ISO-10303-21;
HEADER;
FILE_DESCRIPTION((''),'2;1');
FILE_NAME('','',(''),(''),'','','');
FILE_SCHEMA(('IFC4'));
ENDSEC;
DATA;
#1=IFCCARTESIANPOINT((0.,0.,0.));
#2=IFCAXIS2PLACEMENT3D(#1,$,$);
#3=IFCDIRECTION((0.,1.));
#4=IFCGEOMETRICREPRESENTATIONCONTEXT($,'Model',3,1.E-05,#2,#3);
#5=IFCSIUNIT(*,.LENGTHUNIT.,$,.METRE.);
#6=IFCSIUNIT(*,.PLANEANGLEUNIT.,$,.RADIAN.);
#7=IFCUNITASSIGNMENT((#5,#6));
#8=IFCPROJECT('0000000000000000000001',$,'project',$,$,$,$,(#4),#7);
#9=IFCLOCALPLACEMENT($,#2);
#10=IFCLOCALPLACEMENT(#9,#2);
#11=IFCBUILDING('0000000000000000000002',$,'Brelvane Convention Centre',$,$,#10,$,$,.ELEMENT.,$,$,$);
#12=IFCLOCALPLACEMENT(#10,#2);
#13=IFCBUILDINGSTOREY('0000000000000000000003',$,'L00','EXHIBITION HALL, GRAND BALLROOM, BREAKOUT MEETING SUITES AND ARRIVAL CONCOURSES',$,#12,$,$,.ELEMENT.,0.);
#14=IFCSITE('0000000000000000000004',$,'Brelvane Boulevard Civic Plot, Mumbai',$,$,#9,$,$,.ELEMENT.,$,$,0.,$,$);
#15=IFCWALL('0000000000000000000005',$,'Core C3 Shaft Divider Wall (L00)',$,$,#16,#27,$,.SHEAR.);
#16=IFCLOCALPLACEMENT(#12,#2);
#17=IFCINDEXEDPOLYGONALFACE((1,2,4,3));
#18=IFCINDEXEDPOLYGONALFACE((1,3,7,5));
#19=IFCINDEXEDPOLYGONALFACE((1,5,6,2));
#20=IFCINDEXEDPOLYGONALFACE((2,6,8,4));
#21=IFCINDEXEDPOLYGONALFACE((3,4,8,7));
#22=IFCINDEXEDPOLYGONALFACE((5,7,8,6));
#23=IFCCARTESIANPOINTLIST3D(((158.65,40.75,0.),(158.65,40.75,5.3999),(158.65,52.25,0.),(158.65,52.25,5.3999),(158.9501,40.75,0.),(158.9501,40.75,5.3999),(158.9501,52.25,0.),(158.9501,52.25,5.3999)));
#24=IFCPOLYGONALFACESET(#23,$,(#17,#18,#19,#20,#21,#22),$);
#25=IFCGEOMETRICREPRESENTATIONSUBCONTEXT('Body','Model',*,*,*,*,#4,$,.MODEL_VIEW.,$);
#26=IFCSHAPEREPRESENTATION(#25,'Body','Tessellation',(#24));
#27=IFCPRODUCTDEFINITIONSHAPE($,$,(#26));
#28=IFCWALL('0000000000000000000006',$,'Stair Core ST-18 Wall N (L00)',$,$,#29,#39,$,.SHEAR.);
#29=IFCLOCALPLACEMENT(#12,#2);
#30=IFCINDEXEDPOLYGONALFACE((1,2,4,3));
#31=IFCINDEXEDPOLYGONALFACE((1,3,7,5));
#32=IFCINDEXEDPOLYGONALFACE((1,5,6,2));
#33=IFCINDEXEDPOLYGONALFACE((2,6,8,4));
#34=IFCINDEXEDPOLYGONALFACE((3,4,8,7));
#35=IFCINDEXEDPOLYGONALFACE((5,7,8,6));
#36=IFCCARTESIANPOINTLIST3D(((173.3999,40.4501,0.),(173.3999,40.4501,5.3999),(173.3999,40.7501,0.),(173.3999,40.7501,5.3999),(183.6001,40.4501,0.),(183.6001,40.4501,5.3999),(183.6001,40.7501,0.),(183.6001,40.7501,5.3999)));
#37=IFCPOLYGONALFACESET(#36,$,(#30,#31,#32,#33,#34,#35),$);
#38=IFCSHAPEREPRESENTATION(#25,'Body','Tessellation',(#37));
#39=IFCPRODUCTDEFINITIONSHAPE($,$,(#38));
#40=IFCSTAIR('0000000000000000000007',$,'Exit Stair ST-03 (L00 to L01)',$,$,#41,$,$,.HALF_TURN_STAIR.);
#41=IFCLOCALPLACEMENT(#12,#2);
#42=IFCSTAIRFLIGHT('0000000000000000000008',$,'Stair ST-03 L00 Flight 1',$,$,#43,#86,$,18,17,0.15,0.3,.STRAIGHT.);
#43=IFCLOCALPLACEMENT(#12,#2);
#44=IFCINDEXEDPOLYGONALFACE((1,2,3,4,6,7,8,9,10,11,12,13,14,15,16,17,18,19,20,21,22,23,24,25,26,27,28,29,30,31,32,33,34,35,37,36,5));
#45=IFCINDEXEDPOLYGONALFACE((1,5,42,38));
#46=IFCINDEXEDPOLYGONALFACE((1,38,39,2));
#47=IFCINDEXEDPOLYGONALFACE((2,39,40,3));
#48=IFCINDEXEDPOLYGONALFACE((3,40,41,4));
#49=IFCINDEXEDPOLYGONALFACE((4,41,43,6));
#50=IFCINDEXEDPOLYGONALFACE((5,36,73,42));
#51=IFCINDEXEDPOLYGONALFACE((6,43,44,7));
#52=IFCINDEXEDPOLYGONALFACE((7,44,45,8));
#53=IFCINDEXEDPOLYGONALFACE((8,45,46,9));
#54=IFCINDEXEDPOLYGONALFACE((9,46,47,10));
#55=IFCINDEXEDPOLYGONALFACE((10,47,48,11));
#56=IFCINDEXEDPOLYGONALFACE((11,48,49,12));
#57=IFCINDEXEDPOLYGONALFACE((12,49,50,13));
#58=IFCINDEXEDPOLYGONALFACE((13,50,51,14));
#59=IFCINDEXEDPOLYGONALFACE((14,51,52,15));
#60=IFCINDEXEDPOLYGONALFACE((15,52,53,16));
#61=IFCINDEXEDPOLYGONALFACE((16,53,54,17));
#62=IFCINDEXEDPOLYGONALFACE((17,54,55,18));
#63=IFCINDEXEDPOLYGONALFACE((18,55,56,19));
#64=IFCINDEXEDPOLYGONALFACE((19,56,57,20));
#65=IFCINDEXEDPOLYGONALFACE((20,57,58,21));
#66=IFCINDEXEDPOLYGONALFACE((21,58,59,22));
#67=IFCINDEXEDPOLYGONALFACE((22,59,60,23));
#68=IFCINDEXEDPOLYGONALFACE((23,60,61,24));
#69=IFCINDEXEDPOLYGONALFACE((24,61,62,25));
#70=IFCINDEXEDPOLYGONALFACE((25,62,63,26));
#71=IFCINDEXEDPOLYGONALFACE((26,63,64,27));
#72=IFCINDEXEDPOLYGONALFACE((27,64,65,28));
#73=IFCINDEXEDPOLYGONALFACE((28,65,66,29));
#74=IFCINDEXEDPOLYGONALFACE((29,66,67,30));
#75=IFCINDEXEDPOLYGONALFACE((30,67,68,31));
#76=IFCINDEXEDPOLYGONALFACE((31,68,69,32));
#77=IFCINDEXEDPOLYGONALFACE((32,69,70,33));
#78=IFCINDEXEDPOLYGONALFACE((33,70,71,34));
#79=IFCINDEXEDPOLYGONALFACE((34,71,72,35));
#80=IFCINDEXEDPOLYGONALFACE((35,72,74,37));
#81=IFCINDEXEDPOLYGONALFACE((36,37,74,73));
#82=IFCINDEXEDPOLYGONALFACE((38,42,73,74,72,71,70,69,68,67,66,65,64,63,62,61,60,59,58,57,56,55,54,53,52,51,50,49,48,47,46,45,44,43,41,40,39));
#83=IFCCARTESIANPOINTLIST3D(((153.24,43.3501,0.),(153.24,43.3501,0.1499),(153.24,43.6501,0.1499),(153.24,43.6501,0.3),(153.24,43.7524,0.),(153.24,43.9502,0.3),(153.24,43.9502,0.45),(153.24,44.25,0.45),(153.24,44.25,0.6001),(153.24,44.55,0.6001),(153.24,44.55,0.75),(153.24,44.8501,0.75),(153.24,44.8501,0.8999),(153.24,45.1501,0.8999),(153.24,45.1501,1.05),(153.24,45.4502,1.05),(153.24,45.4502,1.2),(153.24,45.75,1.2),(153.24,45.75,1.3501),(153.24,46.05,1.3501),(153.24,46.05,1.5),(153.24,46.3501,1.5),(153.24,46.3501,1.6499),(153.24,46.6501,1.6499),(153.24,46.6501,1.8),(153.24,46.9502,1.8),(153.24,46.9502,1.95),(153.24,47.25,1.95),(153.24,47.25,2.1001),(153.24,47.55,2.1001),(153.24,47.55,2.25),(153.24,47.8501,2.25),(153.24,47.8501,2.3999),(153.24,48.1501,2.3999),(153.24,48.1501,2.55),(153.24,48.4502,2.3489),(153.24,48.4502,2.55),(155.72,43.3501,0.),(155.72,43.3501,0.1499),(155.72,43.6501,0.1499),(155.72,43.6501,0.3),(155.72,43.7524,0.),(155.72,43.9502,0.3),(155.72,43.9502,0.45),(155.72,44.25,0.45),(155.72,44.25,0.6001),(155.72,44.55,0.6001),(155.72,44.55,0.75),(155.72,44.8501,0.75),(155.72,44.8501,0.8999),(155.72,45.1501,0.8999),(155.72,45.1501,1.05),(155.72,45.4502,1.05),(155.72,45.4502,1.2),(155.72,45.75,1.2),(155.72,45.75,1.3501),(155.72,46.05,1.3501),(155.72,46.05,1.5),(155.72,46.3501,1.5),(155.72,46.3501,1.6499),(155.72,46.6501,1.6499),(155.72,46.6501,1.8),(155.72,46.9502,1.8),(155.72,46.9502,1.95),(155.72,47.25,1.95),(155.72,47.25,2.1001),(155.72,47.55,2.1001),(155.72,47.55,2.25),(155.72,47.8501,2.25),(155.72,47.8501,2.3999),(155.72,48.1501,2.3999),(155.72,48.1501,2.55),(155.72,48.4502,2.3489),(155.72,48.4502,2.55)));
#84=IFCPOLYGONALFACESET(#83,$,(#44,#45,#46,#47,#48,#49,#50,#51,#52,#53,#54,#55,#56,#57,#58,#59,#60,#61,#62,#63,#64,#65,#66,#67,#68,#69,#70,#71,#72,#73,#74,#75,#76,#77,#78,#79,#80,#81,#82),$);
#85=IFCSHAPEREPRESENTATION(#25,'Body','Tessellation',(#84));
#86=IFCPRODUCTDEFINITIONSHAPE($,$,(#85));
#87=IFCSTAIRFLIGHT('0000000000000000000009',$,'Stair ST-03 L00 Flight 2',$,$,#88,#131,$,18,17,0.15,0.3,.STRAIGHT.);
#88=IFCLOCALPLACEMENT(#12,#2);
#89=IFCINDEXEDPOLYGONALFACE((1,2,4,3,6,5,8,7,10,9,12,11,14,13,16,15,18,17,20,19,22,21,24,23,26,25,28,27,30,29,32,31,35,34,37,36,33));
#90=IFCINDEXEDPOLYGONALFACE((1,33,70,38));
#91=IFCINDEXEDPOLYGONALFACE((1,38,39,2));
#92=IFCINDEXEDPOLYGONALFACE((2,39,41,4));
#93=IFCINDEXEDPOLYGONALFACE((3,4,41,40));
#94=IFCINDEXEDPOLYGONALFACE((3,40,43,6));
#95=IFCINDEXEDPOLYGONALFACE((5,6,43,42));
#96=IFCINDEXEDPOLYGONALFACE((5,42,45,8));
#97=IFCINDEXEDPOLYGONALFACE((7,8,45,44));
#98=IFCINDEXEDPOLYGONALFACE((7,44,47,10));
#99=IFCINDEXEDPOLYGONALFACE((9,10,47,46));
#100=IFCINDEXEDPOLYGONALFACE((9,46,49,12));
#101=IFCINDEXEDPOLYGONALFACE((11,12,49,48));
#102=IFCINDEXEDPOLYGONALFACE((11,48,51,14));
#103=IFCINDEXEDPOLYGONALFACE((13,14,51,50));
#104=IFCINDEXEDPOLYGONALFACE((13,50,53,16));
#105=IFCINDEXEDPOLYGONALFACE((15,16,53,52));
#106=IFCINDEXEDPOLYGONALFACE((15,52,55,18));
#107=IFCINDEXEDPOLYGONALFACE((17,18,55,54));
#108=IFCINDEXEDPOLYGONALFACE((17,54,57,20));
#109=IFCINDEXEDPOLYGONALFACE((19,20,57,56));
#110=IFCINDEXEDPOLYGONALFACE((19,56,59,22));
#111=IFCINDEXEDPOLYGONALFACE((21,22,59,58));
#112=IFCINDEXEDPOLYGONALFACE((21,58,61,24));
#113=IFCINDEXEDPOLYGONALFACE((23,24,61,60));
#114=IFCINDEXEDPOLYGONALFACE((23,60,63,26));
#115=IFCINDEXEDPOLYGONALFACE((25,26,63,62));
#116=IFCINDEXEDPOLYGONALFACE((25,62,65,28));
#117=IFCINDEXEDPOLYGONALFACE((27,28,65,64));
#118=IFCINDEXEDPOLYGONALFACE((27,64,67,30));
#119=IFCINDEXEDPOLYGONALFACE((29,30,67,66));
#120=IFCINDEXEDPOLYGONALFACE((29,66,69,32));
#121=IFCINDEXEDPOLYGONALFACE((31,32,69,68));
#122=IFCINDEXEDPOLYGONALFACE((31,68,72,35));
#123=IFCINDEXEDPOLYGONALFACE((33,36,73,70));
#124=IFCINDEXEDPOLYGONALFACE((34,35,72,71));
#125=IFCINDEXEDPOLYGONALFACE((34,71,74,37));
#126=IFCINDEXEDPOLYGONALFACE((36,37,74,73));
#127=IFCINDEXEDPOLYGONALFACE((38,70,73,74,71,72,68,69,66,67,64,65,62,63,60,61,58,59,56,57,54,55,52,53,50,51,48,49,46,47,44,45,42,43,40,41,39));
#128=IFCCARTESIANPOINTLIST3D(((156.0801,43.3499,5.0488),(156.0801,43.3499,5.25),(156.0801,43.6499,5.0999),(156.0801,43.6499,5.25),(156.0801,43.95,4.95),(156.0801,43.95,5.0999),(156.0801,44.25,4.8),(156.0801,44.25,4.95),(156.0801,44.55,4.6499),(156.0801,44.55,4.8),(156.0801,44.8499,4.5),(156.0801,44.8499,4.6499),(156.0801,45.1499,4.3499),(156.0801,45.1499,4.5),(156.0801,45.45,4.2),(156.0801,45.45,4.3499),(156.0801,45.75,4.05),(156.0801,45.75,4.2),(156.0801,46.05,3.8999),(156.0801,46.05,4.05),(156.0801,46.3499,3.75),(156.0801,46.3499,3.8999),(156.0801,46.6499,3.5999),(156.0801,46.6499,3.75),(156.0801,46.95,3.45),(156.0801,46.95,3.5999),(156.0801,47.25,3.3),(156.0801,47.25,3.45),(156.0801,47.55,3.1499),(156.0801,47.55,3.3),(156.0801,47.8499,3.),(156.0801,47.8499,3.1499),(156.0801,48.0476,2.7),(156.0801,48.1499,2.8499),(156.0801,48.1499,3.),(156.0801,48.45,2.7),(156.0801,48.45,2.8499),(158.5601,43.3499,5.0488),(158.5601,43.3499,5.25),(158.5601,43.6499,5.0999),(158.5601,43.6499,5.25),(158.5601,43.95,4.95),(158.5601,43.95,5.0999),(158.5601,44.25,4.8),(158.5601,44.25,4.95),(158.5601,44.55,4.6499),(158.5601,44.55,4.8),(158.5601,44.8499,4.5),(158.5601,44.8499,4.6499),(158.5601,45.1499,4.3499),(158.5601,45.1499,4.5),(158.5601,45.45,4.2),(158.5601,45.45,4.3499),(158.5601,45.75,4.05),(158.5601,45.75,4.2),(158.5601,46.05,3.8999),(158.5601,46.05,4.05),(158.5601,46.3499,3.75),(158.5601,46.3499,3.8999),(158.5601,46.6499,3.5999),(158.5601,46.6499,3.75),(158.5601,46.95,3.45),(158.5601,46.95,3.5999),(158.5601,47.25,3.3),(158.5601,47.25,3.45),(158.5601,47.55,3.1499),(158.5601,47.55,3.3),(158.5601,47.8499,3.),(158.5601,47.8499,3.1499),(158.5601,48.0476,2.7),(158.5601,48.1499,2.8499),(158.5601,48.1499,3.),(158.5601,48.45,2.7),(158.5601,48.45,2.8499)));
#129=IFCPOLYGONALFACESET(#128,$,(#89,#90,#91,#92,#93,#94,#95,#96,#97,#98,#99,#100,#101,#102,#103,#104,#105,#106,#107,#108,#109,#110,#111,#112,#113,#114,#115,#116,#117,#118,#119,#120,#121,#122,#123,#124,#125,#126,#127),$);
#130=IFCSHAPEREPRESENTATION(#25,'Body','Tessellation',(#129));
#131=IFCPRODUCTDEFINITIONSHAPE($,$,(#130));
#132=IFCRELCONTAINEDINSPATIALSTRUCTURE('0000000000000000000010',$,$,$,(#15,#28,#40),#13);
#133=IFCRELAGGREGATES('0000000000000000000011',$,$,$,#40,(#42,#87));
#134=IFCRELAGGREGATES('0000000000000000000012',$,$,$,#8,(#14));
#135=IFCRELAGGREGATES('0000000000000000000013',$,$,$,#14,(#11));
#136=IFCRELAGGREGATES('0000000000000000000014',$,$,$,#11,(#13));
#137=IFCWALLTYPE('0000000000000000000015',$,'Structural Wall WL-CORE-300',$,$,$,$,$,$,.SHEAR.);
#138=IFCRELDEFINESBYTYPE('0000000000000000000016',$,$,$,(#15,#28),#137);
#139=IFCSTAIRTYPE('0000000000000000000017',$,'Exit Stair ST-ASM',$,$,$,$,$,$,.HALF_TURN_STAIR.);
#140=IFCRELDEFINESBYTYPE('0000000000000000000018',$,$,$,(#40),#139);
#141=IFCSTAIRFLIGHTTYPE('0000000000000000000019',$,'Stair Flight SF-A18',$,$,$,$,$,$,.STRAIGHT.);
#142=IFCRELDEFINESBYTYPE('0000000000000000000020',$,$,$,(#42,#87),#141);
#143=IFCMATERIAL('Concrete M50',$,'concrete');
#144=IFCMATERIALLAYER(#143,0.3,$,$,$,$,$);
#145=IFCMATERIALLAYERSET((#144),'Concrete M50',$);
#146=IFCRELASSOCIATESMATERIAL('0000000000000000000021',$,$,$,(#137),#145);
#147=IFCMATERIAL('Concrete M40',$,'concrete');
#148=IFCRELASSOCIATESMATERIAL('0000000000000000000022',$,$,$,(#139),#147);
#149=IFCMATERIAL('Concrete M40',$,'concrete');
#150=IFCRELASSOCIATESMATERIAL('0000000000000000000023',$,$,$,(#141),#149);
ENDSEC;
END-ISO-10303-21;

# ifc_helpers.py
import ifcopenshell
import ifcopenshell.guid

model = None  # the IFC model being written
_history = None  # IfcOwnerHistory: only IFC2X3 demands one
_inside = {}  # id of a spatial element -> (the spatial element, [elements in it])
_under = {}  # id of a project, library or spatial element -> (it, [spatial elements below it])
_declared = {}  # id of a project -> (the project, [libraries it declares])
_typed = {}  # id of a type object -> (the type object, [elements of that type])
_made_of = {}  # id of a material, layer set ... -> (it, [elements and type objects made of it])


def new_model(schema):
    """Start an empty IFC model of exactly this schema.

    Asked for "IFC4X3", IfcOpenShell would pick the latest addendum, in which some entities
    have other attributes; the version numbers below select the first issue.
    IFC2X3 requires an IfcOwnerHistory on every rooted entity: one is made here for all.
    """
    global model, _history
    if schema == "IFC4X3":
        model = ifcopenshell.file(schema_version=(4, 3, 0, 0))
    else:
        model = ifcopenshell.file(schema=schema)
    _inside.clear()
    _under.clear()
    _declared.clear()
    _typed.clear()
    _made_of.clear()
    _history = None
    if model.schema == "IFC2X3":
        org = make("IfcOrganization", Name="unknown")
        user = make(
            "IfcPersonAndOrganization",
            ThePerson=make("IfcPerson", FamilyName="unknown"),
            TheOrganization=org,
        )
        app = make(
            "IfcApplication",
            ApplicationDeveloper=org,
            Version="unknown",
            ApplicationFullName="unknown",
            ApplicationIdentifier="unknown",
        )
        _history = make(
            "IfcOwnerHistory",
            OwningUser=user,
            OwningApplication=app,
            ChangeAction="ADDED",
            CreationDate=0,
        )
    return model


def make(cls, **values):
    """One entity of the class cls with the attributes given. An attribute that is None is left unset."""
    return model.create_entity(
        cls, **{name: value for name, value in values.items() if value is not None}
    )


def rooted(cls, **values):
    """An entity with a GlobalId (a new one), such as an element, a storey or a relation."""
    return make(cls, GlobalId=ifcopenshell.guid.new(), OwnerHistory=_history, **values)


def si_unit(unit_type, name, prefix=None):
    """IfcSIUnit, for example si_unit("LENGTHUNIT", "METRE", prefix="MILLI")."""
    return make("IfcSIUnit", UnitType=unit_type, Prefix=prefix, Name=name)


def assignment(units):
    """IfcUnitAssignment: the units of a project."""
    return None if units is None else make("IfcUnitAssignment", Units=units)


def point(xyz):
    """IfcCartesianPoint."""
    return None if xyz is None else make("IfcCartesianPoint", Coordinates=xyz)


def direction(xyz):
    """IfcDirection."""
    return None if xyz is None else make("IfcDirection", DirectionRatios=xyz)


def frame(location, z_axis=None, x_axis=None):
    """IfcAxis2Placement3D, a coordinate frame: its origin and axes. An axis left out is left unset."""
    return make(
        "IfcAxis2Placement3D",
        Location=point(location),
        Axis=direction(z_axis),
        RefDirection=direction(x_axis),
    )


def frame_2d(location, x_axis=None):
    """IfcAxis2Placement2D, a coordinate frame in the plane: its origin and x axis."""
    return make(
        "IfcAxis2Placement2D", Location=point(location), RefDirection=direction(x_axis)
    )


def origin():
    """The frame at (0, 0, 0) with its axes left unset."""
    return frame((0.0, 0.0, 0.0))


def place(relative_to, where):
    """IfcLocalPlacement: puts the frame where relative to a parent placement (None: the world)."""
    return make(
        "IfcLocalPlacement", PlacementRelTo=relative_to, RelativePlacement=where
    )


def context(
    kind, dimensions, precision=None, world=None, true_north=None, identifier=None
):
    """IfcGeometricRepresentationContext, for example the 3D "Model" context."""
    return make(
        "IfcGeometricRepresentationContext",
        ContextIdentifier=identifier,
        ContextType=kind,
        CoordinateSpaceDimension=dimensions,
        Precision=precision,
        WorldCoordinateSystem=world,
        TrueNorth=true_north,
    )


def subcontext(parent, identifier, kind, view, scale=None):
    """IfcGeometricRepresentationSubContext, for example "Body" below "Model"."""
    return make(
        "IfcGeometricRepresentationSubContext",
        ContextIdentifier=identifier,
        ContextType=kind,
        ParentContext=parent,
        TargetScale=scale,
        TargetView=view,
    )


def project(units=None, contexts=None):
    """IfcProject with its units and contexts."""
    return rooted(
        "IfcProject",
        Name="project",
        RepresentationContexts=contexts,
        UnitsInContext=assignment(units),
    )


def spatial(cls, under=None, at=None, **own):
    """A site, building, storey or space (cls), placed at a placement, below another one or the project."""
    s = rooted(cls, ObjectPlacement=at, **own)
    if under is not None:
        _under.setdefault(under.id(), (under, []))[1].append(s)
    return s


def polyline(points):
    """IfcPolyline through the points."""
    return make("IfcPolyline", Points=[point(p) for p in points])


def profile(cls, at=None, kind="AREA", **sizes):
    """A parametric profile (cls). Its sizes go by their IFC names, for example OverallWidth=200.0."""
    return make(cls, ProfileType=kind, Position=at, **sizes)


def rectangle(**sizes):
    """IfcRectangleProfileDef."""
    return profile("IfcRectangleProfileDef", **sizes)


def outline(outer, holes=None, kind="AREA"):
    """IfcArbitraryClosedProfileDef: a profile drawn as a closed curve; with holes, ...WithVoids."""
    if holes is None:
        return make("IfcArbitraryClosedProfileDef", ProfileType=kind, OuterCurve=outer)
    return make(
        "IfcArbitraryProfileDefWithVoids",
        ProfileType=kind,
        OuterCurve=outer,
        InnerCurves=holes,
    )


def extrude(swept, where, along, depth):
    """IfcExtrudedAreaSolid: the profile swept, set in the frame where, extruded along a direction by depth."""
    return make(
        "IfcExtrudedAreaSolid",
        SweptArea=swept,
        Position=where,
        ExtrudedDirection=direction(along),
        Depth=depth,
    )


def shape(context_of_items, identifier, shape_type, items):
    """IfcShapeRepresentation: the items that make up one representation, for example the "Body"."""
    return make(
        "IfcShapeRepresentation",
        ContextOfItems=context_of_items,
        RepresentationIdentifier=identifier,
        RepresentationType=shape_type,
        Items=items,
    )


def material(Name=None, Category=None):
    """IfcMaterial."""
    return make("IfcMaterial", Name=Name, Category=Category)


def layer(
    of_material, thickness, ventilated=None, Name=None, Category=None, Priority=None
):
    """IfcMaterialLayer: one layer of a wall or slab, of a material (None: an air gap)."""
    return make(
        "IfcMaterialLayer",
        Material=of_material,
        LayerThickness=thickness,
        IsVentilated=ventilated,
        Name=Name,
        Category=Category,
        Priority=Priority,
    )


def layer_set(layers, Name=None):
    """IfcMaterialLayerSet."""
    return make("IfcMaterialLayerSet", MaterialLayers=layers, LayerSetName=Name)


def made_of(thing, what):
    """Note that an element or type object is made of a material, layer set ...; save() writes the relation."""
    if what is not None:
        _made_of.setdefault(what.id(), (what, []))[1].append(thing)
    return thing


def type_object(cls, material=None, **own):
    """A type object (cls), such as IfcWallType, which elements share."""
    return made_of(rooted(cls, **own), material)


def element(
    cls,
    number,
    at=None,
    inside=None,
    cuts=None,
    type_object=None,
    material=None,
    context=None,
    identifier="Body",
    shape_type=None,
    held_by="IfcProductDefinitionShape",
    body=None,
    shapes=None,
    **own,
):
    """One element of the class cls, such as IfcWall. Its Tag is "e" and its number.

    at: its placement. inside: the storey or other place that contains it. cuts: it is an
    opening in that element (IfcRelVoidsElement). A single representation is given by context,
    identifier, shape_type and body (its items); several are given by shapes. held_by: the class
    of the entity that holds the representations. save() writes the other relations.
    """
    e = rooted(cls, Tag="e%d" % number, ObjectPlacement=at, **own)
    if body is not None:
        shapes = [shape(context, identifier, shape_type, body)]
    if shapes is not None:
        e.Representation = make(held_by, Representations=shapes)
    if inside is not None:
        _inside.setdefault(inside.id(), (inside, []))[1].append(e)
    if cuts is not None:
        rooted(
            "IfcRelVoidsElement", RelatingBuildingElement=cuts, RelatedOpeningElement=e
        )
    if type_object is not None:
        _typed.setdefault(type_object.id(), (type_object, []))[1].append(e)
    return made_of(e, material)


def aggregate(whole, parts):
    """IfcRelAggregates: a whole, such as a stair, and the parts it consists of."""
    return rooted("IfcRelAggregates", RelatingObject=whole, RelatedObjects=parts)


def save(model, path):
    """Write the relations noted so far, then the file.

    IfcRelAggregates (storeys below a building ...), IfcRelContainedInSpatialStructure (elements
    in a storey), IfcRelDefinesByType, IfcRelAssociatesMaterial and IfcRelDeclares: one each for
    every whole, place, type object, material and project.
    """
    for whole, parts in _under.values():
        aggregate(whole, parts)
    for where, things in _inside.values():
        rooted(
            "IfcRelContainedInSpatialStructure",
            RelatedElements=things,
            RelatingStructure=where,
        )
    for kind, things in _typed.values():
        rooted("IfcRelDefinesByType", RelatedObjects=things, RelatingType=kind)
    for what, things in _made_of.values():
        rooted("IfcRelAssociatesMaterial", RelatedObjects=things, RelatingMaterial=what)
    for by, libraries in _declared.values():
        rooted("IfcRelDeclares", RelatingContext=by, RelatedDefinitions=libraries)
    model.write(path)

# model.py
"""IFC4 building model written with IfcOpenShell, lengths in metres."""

from ifc_helpers import new_model, si_unit, direction, frame, frame_2d, origin, place, context, subcontext, project, spatial, polyline, rectangle, outline, extrude, material, layer, layer_set, type_object, element, aggregate, save


model = new_model("IFC4")

# Units and contexts
model_context = context("Model", 3, precision=1e-05, world=origin(), true_north=direction((0.0, 1.0)))
body_context = subcontext(model_context, "Body", "Model", "MODEL_VIEW")
ifc_project = project(units=[si_unit("LENGTHUNIT", "METRE"), si_unit("PLANEANGLEUNIT", "RADIAN")], contexts=[model_context])

# Site, building, storey
site_placement = place(None, origin())
site = spatial("IfcSite", under=ifc_project, at=site_placement, Name="Brelvane Boulevard Civic Plot, Mumbai", CompositionType="ELEMENT", RefElevation=0.0)
building_placement = place(site_placement, origin())
building = spatial("IfcBuilding", under=site, at=building_placement, Name="Brelvane Convention Centre", CompositionType="ELEMENT")
storey_placement = place(building_placement, origin())
storey = spatial("IfcBuildingStorey", under=building, at=storey_placement, Name="L00", Description="EXHIBITION HALL, GRAND BALLROOM, BREAKOUT MEETING SUITES AND ARRIVAL CONCOURSES", CompositionType="ELEMENT", Elevation=0.0)

# Walls
ifc_material_1 = material(Name="Concrete M50", Category="concrete")
ifc_layer = layer(ifc_material_1, 0.3)
ifc_layer_set = layer_set([ifc_layer], Name="Concrete M50")
wall_type = type_object("IfcWallType", Name="Structural Wall WL-CORE-300", PredefinedType="SHEAR", material=ifc_layer_set)
wall_1_placement = place(storey_placement, frame((158.8, 40.75, 0.0), z_axis=(0.0, 0.0, 1.0), x_axis=(0.0, 1.0, 0.0)))
element("IfcWall", 1, at=wall_1_placement, inside=storey, type_object=wall_type, Name="Core C3 Shaft Divider Wall (L00)", PredefinedType="SHEAR", context=body_context, shape_type="SweptSolid", body=[
    extrude(rectangle(XDim=11.5, YDim=0.3, at=frame_2d((5.75, 0.0))), origin(), (0.0, 0.0, 1.0), 5.3999),
])
wall_2_placement = place(storey_placement, frame((173.3999, 40.6001, 0.0), z_axis=(0.0, 0.0, 1.0), x_axis=(1.0, 0.0, 0.0)))
element("IfcWall", 2, at=wall_2_placement, inside=storey, type_object=wall_type, Name="Stair Core ST-18 Wall N (L00)", PredefinedType="SHEAR", context=body_context, shape_type="SweptSolid", body=[
    extrude(rectangle(XDim=10.2002, YDim=0.3, at=frame_2d((5.1001, 0.0))), origin(), (0.0, 0.0, 1.0), 5.3999),
])

# Stair, stair flights
ifc_material_2 = material(Name="Concrete M40", Category="concrete")
stair_type = type_object("IfcStairType", Name="Exit Stair ST-ASM", PredefinedType="HALF_TURN_STAIR", material=ifc_material_2)
stair_placement = place(storey_placement, origin())
stair = element("IfcStair", 3, at=stair_placement, inside=storey, type_object=stair_type, Name="Exit Stair ST-03 (L00 to L01)", PredefinedType="HALF_TURN_STAIR")
ifc_material_3 = material(Name="Concrete M40", Category="concrete")
stair_flight_type = type_object("IfcStairFlightType", Name="Stair Flight SF-A18", PredefinedType="STRAIGHT", material=ifc_material_3)
stair_flight_1_placement = place(storey_placement, frame((154.48, 43.3501, 0.0), z_axis=(0.0, 0.0, 1.0), x_axis=(0.0, 1.0, 0.0)))
stair_flight_1 = element("IfcStairFlight", 4, at=stair_flight_1_placement, type_object=stair_flight_type, Name="Stair ST-03 L00 Flight 1", NumberOfRisers=18, NumberOfTreads=17, PredefinedType="STRAIGHT", RiserHeight=0.15, TreadLength=0.3, context=body_context, shape_type="SweptSolid", body=[
    extrude(outline(polyline([(0.0, 0.0), (0.0, 0.1499), (0.3, 0.1499), (0.3, 0.3), (0.6001, 0.3), (0.6001, 0.45), (0.8999, 0.45), (0.8999, 0.6001), (1.2, 0.6001), (1.2, 0.75), (1.5, 0.75), (1.5, 0.8999), (1.8, 0.8999), (1.8, 1.05), (2.1001, 1.05), (2.1001, 1.2), (2.3999, 1.2), (2.3999, 1.3501), (2.7, 1.3501), (2.7, 1.5), (3.0, 1.5), (3.0, 1.6499), (3.3, 1.6499), (3.3, 1.8), (3.6001, 1.8), (3.6001, 1.95), (3.8999, 1.95), (3.8999, 2.1001), (4.2, 2.1001), (4.2, 2.25), (4.5, 2.25), (4.5, 2.3999), (4.8, 2.3999), (4.8, 2.55), (5.1001, 2.55), (5.1001, 2.7), (5.1001, 2.3489), (0.4023, 0.0), (0.0, 0.0)])), frame((0.0, 1.24, 0.0), z_axis=(0.0, -1.0, 0.0), x_axis=(1.0, 0.0, 0.0)), (0.0, 0.0, 1.0), 2.48),
])
stair_flight_2_placement = place(storey_placement, frame((157.3201, 48.45, 2.7), z_axis=(0.0, 0.0, 1.0), x_axis=(0.0, -1.0, 0.0)))
stair_flight_2 = element("IfcStairFlight", 5, at=stair_flight_2_placement, type_object=stair_flight_type, Name="Stair ST-03 L00 Flight 2", NumberOfRisers=18, NumberOfTreads=17, PredefinedType="STRAIGHT", RiserHeight=0.15, TreadLength=0.3, context=body_context, shape_type="SweptSolid", body=[
    extrude(outline(polyline([(0.0, 0.0), (0.0, 0.1499), (0.3, 0.1499), (0.3, 0.3), (0.6001, 0.3), (0.6001, 0.45), (0.8999, 0.45), (0.8999, 0.6001), (1.2, 0.6001), (1.2, 0.75), (1.5, 0.75), (1.5, 0.8999), (1.8, 0.8999), (1.8, 1.05), (2.1001, 1.05), (2.1001, 1.2), (2.3999, 1.2), (2.3999, 1.3501), (2.7, 1.3501), (2.7, 1.5), (3.0, 1.5), (3.0, 1.6499), (3.3, 1.6499), (3.3, 1.8), (3.6001, 1.8), (3.6001, 1.95), (3.8999, 1.95), (3.8999, 2.1001), (4.2, 2.1001), (4.2, 2.25), (4.5, 2.25), (4.5, 2.3999), (4.8, 2.3999), (4.8, 2.55), (5.1001, 2.55), (5.1001, 2.7), (5.1001, 2.3489), (0.4023, 0.0), (0.0, 0.0)])), frame((0.0, 1.24, 0.0), z_axis=(0.0, -1.0, 0.0), x_axis=(1.0, 0.0, 0.0)), (0.0, 0.0, 1.0), 2.48),
])
aggregate(stair, [stair_flight_1, stair_flight_2])

save(model, "model.ifc")
